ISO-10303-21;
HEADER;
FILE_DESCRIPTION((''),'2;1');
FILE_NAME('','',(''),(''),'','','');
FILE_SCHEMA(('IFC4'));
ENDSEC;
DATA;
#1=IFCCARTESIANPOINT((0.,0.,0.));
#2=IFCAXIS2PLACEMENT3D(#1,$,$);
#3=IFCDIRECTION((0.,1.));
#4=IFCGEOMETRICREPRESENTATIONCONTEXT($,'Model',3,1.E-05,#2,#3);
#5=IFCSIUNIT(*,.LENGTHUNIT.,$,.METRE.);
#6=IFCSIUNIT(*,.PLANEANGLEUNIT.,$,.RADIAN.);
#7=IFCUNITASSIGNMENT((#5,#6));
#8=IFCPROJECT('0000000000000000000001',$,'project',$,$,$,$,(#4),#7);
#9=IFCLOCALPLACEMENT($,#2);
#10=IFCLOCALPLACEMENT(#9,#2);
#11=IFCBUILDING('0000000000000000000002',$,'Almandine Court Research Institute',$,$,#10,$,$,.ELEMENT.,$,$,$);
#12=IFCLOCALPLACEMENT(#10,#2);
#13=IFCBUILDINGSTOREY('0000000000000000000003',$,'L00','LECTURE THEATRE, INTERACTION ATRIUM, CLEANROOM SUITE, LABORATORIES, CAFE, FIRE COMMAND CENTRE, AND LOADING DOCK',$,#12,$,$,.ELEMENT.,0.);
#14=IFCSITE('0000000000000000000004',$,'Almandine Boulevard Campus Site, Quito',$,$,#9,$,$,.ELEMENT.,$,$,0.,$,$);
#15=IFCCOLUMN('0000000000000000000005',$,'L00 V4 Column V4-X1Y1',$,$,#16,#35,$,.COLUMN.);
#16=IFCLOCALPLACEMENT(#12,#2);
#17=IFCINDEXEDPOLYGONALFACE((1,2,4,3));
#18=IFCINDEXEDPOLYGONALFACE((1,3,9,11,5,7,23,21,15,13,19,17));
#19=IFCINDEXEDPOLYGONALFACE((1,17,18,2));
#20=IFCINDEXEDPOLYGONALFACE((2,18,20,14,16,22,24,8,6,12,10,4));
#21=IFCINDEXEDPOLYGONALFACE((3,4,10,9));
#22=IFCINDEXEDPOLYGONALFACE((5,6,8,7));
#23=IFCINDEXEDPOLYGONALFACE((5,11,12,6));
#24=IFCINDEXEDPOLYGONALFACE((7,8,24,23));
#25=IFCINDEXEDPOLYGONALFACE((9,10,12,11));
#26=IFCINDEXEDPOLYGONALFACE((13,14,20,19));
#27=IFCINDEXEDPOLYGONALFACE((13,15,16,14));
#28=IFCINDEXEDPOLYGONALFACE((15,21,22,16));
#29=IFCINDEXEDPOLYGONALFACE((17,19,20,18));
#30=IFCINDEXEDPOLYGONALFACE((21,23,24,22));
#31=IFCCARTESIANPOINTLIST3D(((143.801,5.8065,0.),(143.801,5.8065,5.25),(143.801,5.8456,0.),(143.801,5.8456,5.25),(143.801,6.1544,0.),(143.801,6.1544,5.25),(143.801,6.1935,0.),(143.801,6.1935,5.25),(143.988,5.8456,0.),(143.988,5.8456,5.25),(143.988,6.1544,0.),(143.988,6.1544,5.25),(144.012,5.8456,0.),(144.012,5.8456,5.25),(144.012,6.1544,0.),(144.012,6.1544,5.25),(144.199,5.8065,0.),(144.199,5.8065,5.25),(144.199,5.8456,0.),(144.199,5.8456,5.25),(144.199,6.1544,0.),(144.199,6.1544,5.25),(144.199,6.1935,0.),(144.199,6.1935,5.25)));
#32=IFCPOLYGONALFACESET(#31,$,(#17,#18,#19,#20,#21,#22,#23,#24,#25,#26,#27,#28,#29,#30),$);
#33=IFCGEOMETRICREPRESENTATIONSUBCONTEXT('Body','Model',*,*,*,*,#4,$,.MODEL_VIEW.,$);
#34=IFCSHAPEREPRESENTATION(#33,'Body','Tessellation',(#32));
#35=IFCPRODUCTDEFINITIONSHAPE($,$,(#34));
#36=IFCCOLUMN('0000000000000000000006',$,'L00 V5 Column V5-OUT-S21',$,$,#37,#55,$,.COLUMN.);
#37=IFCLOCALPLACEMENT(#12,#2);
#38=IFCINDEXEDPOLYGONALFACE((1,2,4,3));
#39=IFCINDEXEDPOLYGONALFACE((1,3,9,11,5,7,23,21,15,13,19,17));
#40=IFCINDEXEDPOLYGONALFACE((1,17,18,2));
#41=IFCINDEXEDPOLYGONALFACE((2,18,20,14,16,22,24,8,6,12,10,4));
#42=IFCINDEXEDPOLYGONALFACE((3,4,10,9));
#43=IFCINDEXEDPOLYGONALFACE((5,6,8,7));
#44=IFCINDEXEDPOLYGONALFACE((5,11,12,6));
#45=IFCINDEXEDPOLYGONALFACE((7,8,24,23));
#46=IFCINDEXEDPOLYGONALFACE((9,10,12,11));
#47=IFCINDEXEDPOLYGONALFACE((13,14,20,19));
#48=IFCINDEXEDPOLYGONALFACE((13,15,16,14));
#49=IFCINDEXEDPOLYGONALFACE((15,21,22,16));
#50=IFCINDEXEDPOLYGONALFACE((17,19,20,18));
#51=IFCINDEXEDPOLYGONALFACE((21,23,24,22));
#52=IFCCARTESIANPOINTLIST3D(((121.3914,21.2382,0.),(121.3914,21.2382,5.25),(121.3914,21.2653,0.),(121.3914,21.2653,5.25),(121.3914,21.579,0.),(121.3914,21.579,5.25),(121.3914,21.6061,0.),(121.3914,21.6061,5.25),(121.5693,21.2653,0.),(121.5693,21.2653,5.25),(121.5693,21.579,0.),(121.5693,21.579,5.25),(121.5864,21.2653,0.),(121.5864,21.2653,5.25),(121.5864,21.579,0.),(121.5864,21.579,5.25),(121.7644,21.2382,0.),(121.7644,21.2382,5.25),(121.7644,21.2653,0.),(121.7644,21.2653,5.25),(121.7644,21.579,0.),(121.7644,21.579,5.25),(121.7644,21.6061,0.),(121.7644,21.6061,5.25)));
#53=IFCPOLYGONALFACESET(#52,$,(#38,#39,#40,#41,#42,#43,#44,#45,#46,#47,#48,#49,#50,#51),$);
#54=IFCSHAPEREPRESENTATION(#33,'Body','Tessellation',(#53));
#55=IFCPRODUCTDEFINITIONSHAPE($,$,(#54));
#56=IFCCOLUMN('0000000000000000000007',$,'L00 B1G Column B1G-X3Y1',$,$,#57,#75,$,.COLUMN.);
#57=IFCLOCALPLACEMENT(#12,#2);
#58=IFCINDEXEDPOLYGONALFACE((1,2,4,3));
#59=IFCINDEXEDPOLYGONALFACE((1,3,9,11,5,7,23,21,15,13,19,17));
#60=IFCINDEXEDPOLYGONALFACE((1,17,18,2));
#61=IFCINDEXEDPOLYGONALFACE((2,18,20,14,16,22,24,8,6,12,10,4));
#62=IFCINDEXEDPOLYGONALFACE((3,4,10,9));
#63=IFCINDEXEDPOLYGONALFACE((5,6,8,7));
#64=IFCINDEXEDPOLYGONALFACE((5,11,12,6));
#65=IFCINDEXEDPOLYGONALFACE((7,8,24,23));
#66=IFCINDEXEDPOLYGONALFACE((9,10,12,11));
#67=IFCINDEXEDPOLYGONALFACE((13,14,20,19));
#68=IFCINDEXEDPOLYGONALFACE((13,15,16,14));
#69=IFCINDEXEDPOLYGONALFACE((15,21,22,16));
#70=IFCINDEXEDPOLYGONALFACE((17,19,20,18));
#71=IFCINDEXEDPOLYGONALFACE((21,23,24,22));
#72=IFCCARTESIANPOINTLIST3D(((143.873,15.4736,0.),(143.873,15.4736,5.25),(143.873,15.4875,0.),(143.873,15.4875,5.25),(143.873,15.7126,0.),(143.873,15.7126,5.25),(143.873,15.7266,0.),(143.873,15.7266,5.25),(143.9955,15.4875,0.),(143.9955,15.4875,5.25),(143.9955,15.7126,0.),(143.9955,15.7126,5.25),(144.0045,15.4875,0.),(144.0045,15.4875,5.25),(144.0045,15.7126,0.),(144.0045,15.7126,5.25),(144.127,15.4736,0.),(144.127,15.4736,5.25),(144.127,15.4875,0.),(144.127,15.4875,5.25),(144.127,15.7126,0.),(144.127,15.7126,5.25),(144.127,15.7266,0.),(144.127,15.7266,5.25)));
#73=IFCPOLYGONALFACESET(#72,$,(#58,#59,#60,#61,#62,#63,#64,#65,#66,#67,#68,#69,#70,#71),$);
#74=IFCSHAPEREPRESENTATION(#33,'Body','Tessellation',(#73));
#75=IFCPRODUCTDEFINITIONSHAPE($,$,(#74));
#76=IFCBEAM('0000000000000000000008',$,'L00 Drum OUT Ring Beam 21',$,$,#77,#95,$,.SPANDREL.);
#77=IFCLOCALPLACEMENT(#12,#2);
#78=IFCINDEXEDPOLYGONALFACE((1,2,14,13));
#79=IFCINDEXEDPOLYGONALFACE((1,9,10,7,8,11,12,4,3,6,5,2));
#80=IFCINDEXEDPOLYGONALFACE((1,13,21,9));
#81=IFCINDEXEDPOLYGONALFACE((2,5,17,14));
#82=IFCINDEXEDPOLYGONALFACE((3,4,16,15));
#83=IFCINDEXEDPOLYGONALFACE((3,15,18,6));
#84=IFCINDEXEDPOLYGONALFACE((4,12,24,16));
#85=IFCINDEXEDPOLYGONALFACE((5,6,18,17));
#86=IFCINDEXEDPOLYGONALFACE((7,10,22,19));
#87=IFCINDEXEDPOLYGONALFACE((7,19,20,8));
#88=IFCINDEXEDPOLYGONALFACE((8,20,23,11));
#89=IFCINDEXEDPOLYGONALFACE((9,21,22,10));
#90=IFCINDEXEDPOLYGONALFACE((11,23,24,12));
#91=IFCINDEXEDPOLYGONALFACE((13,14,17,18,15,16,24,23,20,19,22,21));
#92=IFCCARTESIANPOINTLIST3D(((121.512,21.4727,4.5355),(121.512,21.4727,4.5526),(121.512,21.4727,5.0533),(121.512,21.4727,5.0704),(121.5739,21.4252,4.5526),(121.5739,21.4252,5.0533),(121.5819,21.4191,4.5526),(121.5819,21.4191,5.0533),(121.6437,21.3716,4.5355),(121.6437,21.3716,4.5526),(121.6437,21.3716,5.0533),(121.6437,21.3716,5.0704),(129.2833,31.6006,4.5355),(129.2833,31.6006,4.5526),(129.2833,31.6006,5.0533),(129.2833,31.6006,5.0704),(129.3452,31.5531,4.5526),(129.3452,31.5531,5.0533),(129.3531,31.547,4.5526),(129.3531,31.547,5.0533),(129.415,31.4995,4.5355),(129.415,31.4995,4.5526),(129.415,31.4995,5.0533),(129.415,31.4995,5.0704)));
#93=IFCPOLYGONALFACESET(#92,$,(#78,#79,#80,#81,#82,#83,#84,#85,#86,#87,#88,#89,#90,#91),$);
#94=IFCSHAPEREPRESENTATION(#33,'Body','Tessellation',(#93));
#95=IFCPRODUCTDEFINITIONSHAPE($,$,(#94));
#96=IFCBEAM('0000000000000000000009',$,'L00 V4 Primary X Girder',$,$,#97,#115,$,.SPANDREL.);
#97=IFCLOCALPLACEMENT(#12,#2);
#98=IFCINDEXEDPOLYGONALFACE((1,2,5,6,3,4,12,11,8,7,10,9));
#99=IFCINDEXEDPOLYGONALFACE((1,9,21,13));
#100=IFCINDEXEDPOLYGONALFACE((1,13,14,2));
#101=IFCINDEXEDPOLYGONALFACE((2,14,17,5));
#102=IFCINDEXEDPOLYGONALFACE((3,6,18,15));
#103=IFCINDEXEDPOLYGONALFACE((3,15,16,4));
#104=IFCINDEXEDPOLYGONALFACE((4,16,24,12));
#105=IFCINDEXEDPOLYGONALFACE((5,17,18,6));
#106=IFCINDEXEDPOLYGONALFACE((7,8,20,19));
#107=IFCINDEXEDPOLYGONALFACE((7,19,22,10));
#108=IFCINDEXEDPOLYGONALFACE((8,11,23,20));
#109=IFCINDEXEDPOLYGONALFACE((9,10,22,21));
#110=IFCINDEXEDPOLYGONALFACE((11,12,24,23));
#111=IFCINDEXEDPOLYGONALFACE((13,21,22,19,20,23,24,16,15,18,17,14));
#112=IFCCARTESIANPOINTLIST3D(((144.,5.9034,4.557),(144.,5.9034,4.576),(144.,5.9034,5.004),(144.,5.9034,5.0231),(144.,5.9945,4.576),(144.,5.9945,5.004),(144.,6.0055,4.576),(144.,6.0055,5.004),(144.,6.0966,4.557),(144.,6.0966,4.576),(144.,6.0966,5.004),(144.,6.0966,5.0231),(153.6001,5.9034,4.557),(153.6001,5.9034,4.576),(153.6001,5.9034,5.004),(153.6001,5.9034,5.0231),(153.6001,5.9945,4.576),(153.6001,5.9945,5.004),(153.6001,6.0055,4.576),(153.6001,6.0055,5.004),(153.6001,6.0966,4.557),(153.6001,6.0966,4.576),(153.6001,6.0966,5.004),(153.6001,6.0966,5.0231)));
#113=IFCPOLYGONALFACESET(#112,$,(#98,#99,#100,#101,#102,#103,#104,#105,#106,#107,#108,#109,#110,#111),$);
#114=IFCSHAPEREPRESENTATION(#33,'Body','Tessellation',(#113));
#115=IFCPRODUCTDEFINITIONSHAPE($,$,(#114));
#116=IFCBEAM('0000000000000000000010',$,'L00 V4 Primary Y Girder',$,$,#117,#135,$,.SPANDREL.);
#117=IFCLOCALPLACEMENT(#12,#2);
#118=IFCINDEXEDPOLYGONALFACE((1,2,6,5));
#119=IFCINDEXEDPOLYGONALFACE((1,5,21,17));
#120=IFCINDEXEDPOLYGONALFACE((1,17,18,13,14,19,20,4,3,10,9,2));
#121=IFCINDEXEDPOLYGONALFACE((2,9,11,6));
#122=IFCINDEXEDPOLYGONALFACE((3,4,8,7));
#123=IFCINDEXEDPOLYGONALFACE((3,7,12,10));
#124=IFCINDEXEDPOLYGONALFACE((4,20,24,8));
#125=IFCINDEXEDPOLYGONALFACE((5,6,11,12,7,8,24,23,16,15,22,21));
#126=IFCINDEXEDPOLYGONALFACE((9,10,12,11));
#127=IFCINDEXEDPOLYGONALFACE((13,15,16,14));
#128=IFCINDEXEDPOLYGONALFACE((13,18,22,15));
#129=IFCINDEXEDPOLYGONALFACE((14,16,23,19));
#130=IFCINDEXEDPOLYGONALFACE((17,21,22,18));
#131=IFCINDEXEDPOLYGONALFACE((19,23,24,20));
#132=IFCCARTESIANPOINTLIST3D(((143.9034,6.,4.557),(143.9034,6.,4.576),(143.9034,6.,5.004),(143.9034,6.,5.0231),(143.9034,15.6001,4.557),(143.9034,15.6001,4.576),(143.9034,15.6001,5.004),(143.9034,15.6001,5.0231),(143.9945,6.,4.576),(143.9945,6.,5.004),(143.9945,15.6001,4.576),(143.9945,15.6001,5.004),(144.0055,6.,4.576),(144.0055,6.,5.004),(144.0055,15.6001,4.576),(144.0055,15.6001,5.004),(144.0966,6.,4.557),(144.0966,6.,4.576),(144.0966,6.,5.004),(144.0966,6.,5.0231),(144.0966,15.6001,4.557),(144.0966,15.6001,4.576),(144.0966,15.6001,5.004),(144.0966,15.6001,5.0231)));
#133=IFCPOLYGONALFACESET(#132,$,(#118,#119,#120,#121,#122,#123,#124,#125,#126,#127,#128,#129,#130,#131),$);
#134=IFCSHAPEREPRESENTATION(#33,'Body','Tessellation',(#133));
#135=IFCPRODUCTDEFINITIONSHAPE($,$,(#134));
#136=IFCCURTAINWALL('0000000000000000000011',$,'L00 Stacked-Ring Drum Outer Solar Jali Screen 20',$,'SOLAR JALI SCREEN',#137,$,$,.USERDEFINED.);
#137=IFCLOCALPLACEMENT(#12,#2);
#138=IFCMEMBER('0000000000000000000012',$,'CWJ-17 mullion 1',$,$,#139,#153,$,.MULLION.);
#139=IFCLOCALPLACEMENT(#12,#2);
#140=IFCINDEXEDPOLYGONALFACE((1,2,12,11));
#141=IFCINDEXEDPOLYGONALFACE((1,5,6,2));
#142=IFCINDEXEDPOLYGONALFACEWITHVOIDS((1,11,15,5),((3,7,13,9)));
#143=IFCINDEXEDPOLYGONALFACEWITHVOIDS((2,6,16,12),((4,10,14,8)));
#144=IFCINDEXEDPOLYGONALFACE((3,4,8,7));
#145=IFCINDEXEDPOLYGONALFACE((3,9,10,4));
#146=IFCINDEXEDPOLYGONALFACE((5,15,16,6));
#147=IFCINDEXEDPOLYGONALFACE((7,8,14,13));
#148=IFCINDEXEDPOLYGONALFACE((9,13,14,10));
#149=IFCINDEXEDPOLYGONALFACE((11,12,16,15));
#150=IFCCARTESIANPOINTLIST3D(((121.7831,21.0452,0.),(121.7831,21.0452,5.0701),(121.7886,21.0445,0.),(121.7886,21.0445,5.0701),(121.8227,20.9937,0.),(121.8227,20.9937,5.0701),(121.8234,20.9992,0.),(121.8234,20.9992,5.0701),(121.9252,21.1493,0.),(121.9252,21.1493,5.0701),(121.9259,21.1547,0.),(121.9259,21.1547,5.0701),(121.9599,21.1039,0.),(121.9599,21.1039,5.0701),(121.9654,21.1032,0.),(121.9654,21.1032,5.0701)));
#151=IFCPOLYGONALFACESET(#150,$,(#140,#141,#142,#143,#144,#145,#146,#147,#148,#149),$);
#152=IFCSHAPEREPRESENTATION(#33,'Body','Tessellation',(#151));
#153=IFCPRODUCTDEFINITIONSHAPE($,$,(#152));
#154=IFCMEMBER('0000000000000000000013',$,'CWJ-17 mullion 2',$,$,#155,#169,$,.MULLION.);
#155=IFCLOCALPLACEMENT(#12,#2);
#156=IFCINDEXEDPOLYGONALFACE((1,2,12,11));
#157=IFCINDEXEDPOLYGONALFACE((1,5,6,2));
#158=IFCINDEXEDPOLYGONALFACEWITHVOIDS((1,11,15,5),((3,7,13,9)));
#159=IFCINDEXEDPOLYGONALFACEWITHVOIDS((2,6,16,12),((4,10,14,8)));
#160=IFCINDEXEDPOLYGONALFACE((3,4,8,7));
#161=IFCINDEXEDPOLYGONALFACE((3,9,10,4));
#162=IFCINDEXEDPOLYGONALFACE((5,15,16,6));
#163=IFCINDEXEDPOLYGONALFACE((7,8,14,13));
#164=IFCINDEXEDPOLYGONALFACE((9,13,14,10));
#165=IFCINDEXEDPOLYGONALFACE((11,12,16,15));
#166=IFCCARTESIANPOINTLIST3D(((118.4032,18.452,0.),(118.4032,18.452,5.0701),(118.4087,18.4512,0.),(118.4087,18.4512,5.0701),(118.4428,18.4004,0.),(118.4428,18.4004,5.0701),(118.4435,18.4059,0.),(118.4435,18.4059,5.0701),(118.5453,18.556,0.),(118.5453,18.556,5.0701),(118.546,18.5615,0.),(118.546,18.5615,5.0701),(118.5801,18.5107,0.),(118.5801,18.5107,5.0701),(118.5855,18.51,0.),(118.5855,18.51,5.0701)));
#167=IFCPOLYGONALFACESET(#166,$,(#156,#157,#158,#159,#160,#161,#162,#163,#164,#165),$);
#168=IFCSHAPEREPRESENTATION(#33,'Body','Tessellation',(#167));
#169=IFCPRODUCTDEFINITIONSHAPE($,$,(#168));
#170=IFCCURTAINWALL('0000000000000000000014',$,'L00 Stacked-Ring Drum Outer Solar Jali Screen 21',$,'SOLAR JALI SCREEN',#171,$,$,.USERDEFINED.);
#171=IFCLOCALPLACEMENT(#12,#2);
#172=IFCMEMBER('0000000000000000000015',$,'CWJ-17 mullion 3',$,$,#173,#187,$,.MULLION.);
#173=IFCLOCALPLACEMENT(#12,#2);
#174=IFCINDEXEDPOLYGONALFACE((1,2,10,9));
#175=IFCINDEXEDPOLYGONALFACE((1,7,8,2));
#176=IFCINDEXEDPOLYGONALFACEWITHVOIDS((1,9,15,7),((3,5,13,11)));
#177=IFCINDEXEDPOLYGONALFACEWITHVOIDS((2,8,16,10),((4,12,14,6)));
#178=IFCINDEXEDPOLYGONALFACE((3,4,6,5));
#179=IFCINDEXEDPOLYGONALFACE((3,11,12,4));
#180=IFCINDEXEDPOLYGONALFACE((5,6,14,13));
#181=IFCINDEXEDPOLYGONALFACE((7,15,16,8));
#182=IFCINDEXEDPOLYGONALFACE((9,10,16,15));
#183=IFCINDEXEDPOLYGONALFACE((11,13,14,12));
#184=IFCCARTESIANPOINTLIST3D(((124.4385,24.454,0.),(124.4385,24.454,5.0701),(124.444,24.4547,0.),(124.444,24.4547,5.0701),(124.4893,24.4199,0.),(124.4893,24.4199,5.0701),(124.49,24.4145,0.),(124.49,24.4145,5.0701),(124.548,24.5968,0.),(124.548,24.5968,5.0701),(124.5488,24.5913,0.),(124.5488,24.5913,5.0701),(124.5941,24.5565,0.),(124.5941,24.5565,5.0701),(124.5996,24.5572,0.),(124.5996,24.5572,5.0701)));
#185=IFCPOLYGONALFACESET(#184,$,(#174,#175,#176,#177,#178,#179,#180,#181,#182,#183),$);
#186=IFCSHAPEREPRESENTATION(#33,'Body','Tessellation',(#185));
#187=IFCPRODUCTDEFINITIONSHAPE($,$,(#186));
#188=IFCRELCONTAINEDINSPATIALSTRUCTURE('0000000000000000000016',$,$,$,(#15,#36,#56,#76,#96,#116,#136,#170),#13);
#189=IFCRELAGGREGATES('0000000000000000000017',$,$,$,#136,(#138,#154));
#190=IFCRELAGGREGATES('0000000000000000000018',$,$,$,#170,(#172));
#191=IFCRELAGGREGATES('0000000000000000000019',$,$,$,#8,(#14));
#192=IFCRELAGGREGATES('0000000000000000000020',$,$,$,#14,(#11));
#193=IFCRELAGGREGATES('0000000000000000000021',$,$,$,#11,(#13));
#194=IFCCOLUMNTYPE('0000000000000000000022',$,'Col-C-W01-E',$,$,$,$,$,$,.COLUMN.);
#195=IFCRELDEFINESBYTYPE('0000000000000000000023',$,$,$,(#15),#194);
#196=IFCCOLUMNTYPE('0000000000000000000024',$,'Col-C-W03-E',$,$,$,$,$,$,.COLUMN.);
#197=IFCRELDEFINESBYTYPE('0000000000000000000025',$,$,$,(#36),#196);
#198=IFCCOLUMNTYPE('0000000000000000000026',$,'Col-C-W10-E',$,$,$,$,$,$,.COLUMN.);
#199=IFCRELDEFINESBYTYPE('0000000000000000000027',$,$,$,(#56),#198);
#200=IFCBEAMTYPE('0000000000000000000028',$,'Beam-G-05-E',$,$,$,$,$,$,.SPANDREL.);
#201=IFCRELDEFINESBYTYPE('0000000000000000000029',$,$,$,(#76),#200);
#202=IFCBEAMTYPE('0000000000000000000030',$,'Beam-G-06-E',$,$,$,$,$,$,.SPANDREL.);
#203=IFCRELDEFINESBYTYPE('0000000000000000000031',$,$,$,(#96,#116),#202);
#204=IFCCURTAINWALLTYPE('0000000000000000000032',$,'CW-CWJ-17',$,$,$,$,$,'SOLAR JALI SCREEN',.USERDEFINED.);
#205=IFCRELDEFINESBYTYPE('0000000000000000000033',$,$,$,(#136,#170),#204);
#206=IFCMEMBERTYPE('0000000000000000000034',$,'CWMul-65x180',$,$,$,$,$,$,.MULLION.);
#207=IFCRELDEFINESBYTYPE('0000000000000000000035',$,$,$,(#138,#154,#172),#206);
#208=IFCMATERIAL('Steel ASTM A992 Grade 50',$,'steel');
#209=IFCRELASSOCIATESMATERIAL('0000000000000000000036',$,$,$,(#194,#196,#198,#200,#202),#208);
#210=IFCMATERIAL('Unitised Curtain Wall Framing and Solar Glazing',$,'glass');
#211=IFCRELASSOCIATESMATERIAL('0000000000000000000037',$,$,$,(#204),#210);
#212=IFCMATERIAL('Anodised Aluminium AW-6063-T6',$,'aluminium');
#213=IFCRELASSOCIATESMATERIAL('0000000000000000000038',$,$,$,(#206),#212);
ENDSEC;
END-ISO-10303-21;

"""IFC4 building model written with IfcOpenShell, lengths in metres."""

from ifc_helpers import new_model, si_unit, direction, frame, origin, origin_2d, place, context, subcontext, project, spatial, hollow_rectangle, i_section, extrude, material, material_profile, profile_set, type_object, element, aggregate, save


model = new_model("IFC4")

# Units and contexts
model_context = context("Model", 3, precision=1e-05, world=origin(), true_north=direction((0.0, 1.0)))
body_context = subcontext(model_context, "Body", "Model", "MODEL_VIEW")
ifc_project = project(units=[si_unit("LENGTHUNIT", "METRE"), si_unit("PLANEANGLEUNIT", "RADIAN")], contexts=[model_context])

# Site, building, storey
site_placement = place(None, origin())
site = spatial("IfcSite", under=ifc_project, at=site_placement, Name="Almandine Boulevard Campus Site, Quito", CompositionType="ELEMENT", RefElevation=0.0)
building_placement = place(site_placement, origin())
building = spatial("IfcBuilding", under=site, at=building_placement, Name="Almandine Court Research Institute", CompositionType="ELEMENT")
storey_placement = place(building_placement, origin())
storey = spatial("IfcBuildingStorey", under=building, at=storey_placement, Name="L00", Description="LECTURE THEATRE, INTERACTION ATRIUM, CLEANROOM SUITE, LABORATORIES, CAFE, FIRE COMMAND CENTRE, AND LOADING DOCK", CompositionType="ELEMENT", Elevation=0.0)

# Columns
ifc_material_1 = material(Name="Steel ASTM A992 Grade 50", Category="steel")
ifc_material_profile_1 = material_profile(ifc_material_1, i_section(OverallWidth=0.3979, OverallDepth=0.387, WebThickness=0.0239, FlangeThickness=0.0391, at=origin_2d()), Name="W360x262")
ifc_profile_set_1 = profile_set([ifc_material_profile_1], Name="Steel ASTM A992 Grade 50")
column_type_1 = type_object("IfcColumnType", Name="Col-C-W01-E", PredefinedType="COLUMN", material=ifc_profile_set_1)
column_1_placement = place(storey_placement, frame((144.0, 6.0, 0.0), z_axis=(0.0, 0.0, 1.0), x_axis=(1.0, 0.0, 0.0)))
element("IfcColumn", 1, at=column_1_placement, inside=storey, type_object=column_type_1, Name="L00 V4 Column V4-X1Y1", PredefinedType="COLUMN", context=body_context, shape_type="SweptSolid", body=[
    extrude(i_section(OverallWidth=0.3979, OverallDepth=0.387, WebThickness=0.0239, FlangeThickness=0.0391, at=origin_2d()), origin(), (0.0, 0.0, 1.0), 5.25),
])
ifc_material_profile_2 = material_profile(ifc_material_1, i_section(OverallWidth=0.373, OverallDepth=0.3679, WebThickness=0.0171, FlangeThickness=0.0271, at=origin_2d()), Name="W360x179")
ifc_profile_set_2 = profile_set([ifc_material_profile_2], Name="Steel ASTM A992 Grade 50")
column_type_2 = type_object("IfcColumnType", Name="Col-C-W03-E", PredefinedType="COLUMN", material=ifc_profile_set_2)
column_2_placement = place(storey_placement, frame((121.5779, 21.4221, 0.0), z_axis=(0.0, 0.0, 1.0), x_axis=(1.0, 0.0, 0.0)))
element("IfcColumn", 2, at=column_2_placement, inside=storey, type_object=column_type_2, Name="L00 V5 Column V5-OUT-S21", PredefinedType="COLUMN", context=body_context, shape_type="SweptSolid", body=[
    extrude(i_section(OverallWidth=0.373, OverallDepth=0.3679, WebThickness=0.0171, FlangeThickness=0.0271, at=origin_2d()), origin(), (0.0, 0.0, 1.0), 5.25),
])
ifc_material_profile_3 = material_profile(ifc_material_1, i_section(OverallWidth=0.2539, OverallDepth=0.2529, WebThickness=0.009, FlangeThickness=0.0139, at=origin_2d()), Name="W250x73")
ifc_profile_set_3 = profile_set([ifc_material_profile_3], Name="Steel ASTM A992 Grade 50")
column_type_3 = type_object("IfcColumnType", Name="Col-C-W10-E", PredefinedType="COLUMN", material=ifc_profile_set_3)
column_3_placement = place(storey_placement, frame((144.0, 15.6001, 0.0), z_axis=(0.0, 0.0, 1.0), x_axis=(1.0, 0.0, 0.0)))
element("IfcColumn", 3, at=column_3_placement, inside=storey, type_object=column_type_3, Name="L00 B1G Column B1G-X3Y1", PredefinedType="COLUMN", context=body_context, shape_type="SweptSolid", body=[
    extrude(i_section(OverallWidth=0.2539, OverallDepth=0.2529, WebThickness=0.009, FlangeThickness=0.0139, at=origin_2d()), origin(), (0.0, 0.0, 1.0), 5.25),
])

# Beams
ifc_material_profile_4 = material_profile(ifc_material_1, i_section(OverallWidth=0.166, OverallDepth=0.5349, WebThickness=0.01, FlangeThickness=0.0171, at=origin_2d()), Name="W530x85")
ifc_profile_set_4 = profile_set([ifc_material_profile_4], Name="Steel ASTM A992 Grade 50")
beam_type_1 = type_object("IfcBeamType", Name="Beam-G-05-E", PredefinedType="SPANDREL", material=ifc_profile_set_4)
beam_placement = place(storey_placement, frame((121.5779, 21.4221, 4.803), z_axis=(0.608752, 0.793361, 0.0), x_axis=(-0.793361, 0.608752, 0.0)))
element("IfcBeam", 4, at=beam_placement, inside=storey, type_object=beam_type_1, Name="L00 Drum OUT Ring Beam 21", PredefinedType="SPANDREL", context=body_context, shape_type="SweptSolid", body=[
    extrude(i_section(OverallWidth=0.166, OverallDepth=0.5349, WebThickness=0.01, FlangeThickness=0.0171, at=origin_2d()), origin(), (0.0, 0.0, 1.0), 12.7659),
])
ifc_material_profile_5 = material_profile(ifc_material_1, i_section(OverallWidth=0.1931, OverallDepth=0.4661, WebThickness=0.011, FlangeThickness=0.019, at=origin_2d()), Name="W460x97")
ifc_profile_set_5 = profile_set([ifc_material_profile_5], Name="Steel ASTM A992 Grade 50")
beam_type_2 = type_object("IfcBeamType", Name="Beam-G-06-E", PredefinedType="SPANDREL", material=ifc_profile_set_5)
for number, where, z_axis, x_axis, name in (
    (5, (144.0, 6.0, 4.79), (1.0, 0.0, 0.0), (0.0, 1.0, 0.0), "L00 V4 Primary X Girder"),
    (6, (144.0, 6.0, 4.79), (0.0, 1.0, 0.0), (-1.0, 0.0, 0.0), "L00 V4 Primary Y Girder"),
):
    element("IfcBeam", number, at=place(storey_placement, frame(where, z_axis=z_axis, x_axis=x_axis)), inside=storey, type_object=beam_type_2, Name=name, PredefinedType="SPANDREL", context=body_context, shape_type="SweptSolid", body=[
        extrude(i_section(OverallWidth=0.1931, OverallDepth=0.4661, WebThickness=0.011, FlangeThickness=0.019, at=origin_2d()), origin(), (0.0, 0.0, 1.0), 9.6001),
    ])

# Curtain walls, members
ifc_material_2 = material(Name="Unitised Curtain Wall Framing and Solar Glazing", Category="glass")
curtain_wall_type = type_object("IfcCurtainWallType", Name="CW-CWJ-17", ElementType="SOLAR JALI SCREEN", PredefinedType="USERDEFINED", material=ifc_material_2)
curtain_wall_1_placement = place(storey_placement, origin())
curtain_wall_1 = element("IfcCurtainWall", 7, at=curtain_wall_1_placement, inside=storey, type_object=curtain_wall_type, Name="L00 Stacked-Ring Drum Outer Solar Jali Screen 20", ObjectType="SOLAR JALI SCREEN", PredefinedType="USERDEFINED")
ifc_material_3 = material(Name="Anodised Aluminium AW-6063-T6", Category="aluminium")
ifc_material_profile_6 = material_profile(ifc_material_3, hollow_rectangle(XDim=0.0649, YDim=0.1799, WallThickness=0.0039, at=origin_2d()), Name="ALU RHS 65x180x4")
ifc_profile_set_6 = profile_set([ifc_material_profile_6], Name="Anodised Aluminium AW-6063-T6")
member_type_1 = type_object("IfcMemberType", Name="CWMul-65x180", PredefinedType="MULLION", material=ifc_profile_set_6)
member_1_placement = place(storey_placement, frame((121.8743, 21.0742, 0.0), z_axis=(0.0, 0.0, 1.0), x_axis=(0.608723, -0.793383, 0.0)))
member_1 = element("IfcMember", 8, at=member_1_placement, type_object=member_type_1, Name="CWJ-17 mullion 1", PredefinedType="MULLION", context=body_context, shape_type="SweptSolid", body=[
    extrude(hollow_rectangle(XDim=0.0649, YDim=0.1799, WallThickness=0.0039, at=origin_2d()), origin(), (0.0, 0.0, 1.0), 5.0701),
])
member_2_placement = place(storey_placement, frame((118.4944, 18.481, 0.0), z_axis=(0.0, 0.0, 1.0), x_axis=(0.608723, -0.793383, 0.0)))
member_2 = element("IfcMember", 9, at=member_2_placement, type_object=member_type_1, Name="CWJ-17 mullion 2", PredefinedType="MULLION", context=body_context, shape_type="SweptSolid", body=[
    extrude(hollow_rectangle(XDim=0.0649, YDim=0.1799, WallThickness=0.0039, at=origin_2d()), origin(), (0.0, 0.0, 1.0), 5.0701),
])
curtain_wall_2_placement = place(storey_placement, origin())
curtain_wall_2 = element("IfcCurtainWall", 10, at=curtain_wall_2_placement, inside=storey, type_object=curtain_wall_type, Name="L00 Stacked-Ring Drum Outer Solar Jali Screen 21", ObjectType="SOLAR JALI SCREEN", PredefinedType="USERDEFINED")
member_3_placement = place(storey_placement, frame((124.519, 24.5056, 0.0), z_axis=(0.0, 0.0, 1.0), x_axis=(0.793383, -0.608723, 0.0)))
member_3 = element("IfcMember", 11, at=member_3_placement, type_object=member_type_1, Name="CWJ-17 mullion 3", PredefinedType="MULLION", context=body_context, shape_type="SweptSolid", body=[
    extrude(hollow_rectangle(XDim=0.0649, YDim=0.1799, WallThickness=0.0039, at=origin_2d()), origin(), (0.0, 0.0, 1.0), 5.0701),
])

aggregate(curtain_wall_1, [member_1, member_2])
aggregate(curtain_wall_2, [member_3])

save(model, "model.ifc")
